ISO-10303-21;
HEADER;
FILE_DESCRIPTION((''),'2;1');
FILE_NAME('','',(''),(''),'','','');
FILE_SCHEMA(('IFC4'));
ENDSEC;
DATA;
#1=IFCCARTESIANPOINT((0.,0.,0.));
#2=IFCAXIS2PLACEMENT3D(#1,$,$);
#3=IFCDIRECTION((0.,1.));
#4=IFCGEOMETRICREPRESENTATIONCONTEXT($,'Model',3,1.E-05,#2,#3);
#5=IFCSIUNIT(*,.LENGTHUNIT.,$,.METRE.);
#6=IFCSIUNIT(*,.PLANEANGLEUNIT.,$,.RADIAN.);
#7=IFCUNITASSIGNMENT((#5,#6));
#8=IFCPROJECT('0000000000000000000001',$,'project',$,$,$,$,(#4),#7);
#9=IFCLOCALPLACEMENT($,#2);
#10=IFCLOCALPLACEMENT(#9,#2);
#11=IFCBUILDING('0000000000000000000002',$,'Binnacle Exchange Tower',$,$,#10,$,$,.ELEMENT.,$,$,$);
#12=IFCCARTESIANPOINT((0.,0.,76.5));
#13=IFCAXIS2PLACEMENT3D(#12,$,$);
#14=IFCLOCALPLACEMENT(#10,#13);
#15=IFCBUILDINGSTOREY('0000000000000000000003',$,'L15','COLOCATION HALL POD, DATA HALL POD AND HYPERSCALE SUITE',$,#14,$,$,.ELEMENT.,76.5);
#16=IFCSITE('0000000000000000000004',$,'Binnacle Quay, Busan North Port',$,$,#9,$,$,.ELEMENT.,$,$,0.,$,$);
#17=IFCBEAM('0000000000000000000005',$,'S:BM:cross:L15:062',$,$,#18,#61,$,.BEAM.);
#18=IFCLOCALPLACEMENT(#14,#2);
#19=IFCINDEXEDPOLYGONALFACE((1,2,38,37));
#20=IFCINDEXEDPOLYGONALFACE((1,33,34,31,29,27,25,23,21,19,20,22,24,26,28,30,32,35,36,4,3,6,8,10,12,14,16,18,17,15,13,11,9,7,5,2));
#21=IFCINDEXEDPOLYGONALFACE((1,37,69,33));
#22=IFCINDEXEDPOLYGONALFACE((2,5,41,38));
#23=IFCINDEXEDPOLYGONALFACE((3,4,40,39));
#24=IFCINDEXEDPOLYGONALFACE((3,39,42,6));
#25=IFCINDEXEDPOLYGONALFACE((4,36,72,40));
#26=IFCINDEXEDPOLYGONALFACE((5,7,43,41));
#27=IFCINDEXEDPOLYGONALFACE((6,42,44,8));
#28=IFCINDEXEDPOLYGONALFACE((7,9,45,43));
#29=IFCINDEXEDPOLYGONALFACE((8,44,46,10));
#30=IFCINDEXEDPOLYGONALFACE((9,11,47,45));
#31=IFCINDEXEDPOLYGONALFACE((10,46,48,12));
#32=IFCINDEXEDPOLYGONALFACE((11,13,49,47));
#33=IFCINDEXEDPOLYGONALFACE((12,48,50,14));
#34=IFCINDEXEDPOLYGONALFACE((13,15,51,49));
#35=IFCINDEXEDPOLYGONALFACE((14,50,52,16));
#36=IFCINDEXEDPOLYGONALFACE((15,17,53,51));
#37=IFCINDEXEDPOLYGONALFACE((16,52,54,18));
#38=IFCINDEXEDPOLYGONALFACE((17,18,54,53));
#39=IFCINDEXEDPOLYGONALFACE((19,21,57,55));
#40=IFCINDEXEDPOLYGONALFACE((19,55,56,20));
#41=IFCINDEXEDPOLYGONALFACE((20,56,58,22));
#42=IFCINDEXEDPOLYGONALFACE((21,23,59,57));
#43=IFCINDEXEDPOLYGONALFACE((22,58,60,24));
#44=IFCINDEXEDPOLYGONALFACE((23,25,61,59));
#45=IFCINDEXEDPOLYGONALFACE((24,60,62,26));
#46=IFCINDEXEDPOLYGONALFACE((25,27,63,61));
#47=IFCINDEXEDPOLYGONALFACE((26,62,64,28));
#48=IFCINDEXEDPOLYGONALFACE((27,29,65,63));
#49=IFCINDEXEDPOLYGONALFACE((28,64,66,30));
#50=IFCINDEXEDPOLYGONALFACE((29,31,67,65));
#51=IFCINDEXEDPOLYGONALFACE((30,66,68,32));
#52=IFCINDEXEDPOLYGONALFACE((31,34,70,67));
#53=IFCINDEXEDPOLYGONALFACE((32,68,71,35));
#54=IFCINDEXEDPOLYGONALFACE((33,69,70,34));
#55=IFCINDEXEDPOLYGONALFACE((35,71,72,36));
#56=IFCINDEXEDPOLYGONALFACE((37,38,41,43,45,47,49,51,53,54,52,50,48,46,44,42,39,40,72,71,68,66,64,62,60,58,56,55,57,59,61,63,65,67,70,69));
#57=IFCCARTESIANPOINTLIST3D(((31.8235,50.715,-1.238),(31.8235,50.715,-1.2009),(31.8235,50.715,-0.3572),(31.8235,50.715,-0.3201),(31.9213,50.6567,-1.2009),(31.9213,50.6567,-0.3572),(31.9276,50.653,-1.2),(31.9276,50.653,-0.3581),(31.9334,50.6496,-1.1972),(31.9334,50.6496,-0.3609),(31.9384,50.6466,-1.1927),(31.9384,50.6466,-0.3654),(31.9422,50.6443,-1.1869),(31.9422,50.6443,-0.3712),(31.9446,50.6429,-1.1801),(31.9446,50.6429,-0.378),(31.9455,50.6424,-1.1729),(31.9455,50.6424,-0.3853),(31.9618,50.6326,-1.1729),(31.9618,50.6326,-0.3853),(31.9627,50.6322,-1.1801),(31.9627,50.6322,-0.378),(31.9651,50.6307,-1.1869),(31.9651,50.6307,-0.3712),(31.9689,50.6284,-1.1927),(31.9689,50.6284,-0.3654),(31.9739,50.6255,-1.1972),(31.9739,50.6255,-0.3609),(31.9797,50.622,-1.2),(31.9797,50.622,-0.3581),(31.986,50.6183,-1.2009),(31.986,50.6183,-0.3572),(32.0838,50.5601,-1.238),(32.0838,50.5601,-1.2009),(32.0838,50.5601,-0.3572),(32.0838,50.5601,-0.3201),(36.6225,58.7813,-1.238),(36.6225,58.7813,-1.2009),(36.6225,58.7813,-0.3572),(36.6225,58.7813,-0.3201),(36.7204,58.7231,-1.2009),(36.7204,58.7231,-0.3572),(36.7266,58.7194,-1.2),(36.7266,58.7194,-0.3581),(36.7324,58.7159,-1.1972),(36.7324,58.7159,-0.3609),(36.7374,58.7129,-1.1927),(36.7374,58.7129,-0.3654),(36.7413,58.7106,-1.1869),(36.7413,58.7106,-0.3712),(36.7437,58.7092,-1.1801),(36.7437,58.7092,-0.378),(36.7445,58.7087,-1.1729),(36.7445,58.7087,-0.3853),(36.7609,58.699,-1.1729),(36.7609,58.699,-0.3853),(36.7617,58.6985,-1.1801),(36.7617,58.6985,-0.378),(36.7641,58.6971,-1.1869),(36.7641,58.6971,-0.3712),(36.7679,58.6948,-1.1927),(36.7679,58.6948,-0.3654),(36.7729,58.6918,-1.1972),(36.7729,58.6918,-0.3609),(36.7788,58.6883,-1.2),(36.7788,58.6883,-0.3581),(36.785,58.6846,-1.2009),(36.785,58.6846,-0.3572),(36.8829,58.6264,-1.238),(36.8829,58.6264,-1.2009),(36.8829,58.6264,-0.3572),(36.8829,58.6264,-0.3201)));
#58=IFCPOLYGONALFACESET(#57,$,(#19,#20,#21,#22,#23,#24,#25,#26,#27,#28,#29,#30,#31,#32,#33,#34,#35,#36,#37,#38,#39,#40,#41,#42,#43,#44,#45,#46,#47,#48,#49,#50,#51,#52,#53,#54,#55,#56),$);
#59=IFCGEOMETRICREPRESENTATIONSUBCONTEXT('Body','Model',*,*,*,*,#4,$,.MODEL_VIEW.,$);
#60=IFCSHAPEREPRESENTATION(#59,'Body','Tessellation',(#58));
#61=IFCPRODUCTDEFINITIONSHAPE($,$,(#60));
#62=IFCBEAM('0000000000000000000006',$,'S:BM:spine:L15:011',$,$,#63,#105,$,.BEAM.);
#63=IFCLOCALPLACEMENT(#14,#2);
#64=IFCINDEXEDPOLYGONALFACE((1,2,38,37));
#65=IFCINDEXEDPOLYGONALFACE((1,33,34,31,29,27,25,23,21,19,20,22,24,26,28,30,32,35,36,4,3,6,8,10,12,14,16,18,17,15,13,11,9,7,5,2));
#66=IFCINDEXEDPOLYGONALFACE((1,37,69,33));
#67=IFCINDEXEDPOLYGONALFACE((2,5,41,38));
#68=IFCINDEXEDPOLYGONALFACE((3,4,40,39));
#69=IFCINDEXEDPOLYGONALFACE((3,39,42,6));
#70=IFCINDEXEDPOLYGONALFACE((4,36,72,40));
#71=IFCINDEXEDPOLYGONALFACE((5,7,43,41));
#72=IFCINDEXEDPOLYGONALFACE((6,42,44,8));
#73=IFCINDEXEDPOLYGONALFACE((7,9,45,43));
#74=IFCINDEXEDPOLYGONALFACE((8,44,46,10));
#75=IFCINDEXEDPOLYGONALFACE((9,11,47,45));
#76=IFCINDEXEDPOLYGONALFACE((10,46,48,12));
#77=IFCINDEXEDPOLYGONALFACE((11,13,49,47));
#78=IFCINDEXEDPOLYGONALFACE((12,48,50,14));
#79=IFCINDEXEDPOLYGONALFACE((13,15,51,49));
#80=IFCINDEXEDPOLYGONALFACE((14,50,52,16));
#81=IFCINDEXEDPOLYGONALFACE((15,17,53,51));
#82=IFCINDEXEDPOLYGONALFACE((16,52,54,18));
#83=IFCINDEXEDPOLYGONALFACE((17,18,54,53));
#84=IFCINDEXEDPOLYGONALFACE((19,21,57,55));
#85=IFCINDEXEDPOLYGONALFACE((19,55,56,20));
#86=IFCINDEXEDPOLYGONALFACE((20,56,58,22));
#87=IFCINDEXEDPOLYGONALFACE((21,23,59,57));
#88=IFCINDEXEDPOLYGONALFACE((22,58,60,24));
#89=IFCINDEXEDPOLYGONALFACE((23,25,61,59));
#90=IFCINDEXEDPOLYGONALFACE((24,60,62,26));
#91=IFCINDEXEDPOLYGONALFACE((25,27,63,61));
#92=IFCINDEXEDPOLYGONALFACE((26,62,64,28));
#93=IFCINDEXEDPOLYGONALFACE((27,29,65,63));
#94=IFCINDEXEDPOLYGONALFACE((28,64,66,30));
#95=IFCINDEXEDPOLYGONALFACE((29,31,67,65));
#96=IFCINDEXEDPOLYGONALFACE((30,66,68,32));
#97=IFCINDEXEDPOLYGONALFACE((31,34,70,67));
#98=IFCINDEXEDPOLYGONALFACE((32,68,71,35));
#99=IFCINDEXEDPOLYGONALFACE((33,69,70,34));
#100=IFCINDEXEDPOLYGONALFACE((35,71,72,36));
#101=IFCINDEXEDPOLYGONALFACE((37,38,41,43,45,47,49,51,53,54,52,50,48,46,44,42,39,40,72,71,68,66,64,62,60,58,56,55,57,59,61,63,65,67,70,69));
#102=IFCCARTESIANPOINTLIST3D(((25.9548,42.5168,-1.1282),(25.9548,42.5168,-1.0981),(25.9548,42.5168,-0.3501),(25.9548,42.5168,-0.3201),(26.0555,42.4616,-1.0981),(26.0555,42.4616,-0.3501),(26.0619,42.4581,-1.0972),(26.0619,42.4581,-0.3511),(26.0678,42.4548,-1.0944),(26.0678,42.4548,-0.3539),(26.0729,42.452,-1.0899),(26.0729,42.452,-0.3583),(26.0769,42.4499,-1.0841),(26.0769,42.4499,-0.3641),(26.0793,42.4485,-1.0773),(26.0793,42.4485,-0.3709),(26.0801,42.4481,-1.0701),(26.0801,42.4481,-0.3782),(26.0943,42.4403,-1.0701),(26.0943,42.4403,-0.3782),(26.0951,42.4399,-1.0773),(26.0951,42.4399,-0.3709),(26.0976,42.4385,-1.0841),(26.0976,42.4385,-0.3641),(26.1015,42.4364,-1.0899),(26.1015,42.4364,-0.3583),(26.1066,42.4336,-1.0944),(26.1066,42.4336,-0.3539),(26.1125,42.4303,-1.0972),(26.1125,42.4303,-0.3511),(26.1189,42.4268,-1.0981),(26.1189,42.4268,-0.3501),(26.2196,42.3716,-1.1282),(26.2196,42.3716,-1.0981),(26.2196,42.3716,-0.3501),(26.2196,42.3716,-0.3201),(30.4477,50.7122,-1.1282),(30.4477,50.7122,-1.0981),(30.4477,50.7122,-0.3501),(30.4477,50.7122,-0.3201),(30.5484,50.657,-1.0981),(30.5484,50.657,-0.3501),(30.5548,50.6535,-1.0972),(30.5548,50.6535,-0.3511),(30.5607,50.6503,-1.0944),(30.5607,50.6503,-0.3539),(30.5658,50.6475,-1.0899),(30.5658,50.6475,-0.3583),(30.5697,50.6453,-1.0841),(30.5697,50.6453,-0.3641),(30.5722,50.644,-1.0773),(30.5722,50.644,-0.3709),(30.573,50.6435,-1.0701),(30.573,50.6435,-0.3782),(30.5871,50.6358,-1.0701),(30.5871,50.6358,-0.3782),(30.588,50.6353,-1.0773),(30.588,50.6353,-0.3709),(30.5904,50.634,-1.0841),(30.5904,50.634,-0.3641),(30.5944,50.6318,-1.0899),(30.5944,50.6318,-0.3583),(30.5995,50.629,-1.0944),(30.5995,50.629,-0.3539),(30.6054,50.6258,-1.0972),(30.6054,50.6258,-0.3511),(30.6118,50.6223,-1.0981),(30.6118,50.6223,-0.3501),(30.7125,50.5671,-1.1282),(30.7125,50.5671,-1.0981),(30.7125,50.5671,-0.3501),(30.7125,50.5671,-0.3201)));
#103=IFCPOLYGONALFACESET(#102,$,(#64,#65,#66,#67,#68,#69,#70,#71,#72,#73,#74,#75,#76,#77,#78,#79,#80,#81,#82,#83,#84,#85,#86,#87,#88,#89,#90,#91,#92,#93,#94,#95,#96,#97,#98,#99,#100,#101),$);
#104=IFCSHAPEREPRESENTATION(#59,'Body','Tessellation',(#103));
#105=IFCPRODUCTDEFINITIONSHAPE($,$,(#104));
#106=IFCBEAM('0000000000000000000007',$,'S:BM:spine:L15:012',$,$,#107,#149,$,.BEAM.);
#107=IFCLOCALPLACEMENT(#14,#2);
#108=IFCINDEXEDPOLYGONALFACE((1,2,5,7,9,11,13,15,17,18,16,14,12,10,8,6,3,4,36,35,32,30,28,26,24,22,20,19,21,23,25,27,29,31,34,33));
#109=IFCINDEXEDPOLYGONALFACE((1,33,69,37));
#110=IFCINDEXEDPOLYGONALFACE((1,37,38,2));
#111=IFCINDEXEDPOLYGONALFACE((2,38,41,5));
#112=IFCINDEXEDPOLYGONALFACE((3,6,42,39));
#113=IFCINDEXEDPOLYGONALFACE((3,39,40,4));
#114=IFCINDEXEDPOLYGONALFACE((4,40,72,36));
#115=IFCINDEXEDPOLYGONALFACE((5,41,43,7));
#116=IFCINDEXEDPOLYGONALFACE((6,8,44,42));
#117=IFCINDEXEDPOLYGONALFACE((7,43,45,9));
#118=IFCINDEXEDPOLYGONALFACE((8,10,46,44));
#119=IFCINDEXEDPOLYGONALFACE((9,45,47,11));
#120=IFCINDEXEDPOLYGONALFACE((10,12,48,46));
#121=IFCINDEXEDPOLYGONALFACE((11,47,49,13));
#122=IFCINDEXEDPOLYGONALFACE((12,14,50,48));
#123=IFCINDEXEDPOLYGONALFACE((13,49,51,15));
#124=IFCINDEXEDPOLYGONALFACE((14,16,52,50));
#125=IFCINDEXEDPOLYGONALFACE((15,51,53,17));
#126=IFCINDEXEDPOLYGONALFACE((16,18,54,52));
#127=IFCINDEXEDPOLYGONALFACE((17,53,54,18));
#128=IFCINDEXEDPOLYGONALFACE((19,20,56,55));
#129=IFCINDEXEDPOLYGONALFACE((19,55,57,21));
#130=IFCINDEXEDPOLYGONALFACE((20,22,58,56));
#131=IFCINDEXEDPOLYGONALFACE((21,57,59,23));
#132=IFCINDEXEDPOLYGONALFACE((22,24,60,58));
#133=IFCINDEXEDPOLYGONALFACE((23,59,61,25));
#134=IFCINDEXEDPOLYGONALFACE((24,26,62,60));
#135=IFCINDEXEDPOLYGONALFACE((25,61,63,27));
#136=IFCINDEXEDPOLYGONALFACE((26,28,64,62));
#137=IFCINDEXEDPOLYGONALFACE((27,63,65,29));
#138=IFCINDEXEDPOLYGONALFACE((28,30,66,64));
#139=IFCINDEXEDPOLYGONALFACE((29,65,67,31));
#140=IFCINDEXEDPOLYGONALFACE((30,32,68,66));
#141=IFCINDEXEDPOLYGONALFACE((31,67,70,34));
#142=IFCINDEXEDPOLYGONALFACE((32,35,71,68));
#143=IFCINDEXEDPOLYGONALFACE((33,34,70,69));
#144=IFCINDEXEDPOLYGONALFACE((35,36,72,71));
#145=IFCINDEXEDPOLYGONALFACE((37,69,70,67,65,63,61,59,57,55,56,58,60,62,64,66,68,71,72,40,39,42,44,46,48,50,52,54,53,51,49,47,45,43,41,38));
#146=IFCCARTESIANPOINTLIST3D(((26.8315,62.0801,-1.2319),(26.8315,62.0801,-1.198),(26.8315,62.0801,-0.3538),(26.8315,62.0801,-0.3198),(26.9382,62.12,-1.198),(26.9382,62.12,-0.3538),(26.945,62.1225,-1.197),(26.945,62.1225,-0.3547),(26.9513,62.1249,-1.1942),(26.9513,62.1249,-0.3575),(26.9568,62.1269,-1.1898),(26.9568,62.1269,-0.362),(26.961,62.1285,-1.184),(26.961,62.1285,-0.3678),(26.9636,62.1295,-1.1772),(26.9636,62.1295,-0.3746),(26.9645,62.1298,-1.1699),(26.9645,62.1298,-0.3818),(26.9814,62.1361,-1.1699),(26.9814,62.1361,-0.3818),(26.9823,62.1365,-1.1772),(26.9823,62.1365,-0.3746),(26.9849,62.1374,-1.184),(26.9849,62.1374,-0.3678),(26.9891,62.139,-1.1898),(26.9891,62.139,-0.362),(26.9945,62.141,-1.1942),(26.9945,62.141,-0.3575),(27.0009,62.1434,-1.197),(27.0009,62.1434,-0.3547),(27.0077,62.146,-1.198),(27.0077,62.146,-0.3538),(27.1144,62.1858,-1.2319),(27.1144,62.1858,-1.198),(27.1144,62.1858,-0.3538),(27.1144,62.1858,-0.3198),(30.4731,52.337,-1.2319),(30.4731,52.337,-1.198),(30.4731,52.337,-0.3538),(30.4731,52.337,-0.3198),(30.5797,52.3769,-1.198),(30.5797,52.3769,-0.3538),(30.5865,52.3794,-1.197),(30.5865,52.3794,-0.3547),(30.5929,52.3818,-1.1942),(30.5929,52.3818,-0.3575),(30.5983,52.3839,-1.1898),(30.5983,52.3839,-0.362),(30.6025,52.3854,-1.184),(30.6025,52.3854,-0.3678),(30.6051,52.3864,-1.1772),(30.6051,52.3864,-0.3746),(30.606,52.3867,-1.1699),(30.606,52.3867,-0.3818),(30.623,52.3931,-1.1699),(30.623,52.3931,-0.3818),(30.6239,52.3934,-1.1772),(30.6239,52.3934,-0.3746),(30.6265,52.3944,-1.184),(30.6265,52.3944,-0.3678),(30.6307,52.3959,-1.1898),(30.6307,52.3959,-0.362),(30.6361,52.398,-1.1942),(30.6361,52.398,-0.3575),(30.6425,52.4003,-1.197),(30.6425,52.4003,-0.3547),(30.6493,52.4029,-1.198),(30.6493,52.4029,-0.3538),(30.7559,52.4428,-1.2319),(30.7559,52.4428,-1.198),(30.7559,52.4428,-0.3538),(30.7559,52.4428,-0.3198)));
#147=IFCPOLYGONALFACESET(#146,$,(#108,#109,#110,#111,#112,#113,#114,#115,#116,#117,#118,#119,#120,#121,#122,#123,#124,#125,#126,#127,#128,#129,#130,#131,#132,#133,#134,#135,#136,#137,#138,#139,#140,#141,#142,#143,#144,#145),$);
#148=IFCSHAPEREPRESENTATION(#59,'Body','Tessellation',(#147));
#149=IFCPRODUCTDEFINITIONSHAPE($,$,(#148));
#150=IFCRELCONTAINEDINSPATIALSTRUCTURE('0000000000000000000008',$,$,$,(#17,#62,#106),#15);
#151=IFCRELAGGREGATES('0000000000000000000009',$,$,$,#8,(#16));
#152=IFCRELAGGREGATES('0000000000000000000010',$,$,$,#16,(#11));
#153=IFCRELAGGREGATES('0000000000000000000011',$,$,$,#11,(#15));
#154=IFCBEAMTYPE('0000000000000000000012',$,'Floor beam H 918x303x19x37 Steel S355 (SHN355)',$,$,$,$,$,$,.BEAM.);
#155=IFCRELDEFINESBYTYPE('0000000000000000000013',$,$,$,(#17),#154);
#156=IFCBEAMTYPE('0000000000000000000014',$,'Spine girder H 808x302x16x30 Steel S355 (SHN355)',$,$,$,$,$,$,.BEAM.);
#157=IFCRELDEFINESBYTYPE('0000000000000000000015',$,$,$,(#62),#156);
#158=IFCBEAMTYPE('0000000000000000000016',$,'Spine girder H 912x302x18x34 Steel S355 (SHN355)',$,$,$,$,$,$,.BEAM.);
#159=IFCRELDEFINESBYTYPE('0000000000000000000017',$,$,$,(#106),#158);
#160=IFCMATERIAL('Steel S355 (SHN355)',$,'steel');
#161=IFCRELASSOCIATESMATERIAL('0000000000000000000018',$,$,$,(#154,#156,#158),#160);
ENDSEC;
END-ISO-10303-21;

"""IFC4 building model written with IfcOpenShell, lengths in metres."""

from ifc_helpers import new_model, si_unit, direction, frame, origin, origin_2d, place, context, subcontext, project, spatial, i_section, extrude, material, material_profile, profile_set, type_object, element, save


model = new_model("IFC4")

# Units and contexts
model_context = context("Model", 3, precision=1e-05, world=origin(), true_north=direction((0.0, 1.0)))
body_context = subcontext(model_context, "Body", "Model", "MODEL_VIEW")
ifc_project = project(units=[si_unit("LENGTHUNIT", "METRE"), si_unit("PLANEANGLEUNIT", "RADIAN")], contexts=[model_context])

# Site, building, storey
site_placement = place(None, origin())
site = spatial("IfcSite", under=ifc_project, at=site_placement, Name="Binnacle Quay, Busan North Port", CompositionType="ELEMENT", RefElevation=0.0)
building_placement = place(site_placement, origin())
building = spatial("IfcBuilding", under=site, at=building_placement, Name="Binnacle Exchange Tower", CompositionType="ELEMENT")
storey_placement = place(building_placement, frame((0.0, 0.0, 76.5)))
storey = spatial("IfcBuildingStorey", under=building, at=storey_placement, Name="L15", Description="COLOCATION HALL POD, DATA HALL POD AND HYPERSCALE SUITE", CompositionType="ELEMENT", Elevation=76.5)

# Beams
ifc_material_1 = material(Name="Steel S355 (SHN355)", Category="steel")
ifc_material_profile_1 = material_profile(ifc_material_1, i_section(OverallWidth=0.303, OverallDepth=0.918, WebThickness=0.019, FlangeThickness=0.0371, FilletRadius=0.0281, at=origin_2d()), Name="H 918x303x19x37")
ifc_profile_set_1 = profile_set([ifc_material_profile_1], Name="Steel S355 (SHN355)")
beam_type_1 = type_object("IfcBeamType", Name="Floor beam H 918x303x19x37 Steel S355 (SHN355)", PredefinedType="BEAM", material=ifc_profile_set_1)
beam_1_placement = place(storey_placement, frame((36.7527, 58.7039, -0.7791), z_axis=(-0.511298, -0.859403, 0.0), x_axis=(0.859403, -0.511298, 0.0)))
element("IfcBeam", 1, at=beam_1_placement, inside=storey, type_object=beam_type_1, Name="S:BM:cross:L15:062", PredefinedType="BEAM", context=body_context, shape_type="SweptSolid", body=[
    extrude(i_section(OverallWidth=0.303, OverallDepth=0.918, WebThickness=0.019, FlangeThickness=0.0371, FilletRadius=0.0281, at=origin_2d()), origin(), (0.0, 0.0, 1.0), 9.386),
])
ifc_material_profile_2 = material_profile(ifc_material_1, i_section(OverallWidth=0.302, OverallDepth=0.8081, WebThickness=0.0161, FlangeThickness=0.03, FilletRadius=0.0281, at=origin_2d()), Name="H 808x302x16x30")
ifc_profile_set_2 = profile_set([ifc_material_profile_2], Name="Steel S355 (SHN355)")
beam_type_2 = type_object("IfcBeamType", Name="Spine girder H 808x302x16x30 Steel S355 (SHN355)", PredefinedType="BEAM", material=ifc_profile_set_2)
beam_2_placement = place(storey_placement, frame((30.5801, 50.6396, -0.7241), z_axis=(-0.480716, -0.876876, 0.0), x_axis=(0.876876, -0.480716, 0.0)))
element("IfcBeam", 2, at=beam_2_placement, inside=storey, type_object=beam_type_2, Name="S:BM:spine:L15:011", PredefinedType="BEAM", context=body_context, shape_type="SweptSolid", body=[
    extrude(i_section(OverallWidth=0.302, OverallDepth=0.8081, WebThickness=0.0161, FlangeThickness=0.03, FilletRadius=0.0281, at=origin_2d()), origin(), (0.0, 0.0, 1.0), 9.3462),
])
ifc_material_profile_3 = material_profile(ifc_material_1, i_section(OverallWidth=0.302, OverallDepth=0.9121, WebThickness=0.0181, FlangeThickness=0.0339, FilletRadius=0.0281, at=origin_2d()), Name="H 912x302x18x34")
ifc_profile_set_3 = profile_set([ifc_material_profile_3], Name="Steel S355 (SHN355)")
beam_type_3 = type_object("IfcBeamType", Name="Spine girder H 912x302x18x34 Steel S355 (SHN355)", PredefinedType="BEAM", material=ifc_profile_set_3)
beam_3_placement = place(storey_placement, frame((30.6145, 52.3899, -0.7759), z_axis=(-0.350105, 0.936711, 0.0), x_axis=(-0.936711, -0.350105, 0.0)))
element("IfcBeam", 3, at=beam_3_placement, inside=storey, type_object=beam_type_3, Name="S:BM:spine:L15:012", PredefinedType="BEAM", context=body_context, shape_type="SweptSolid", body=[
    extrude(i_section(OverallWidth=0.302, OverallDepth=0.9121, WebThickness=0.0181, FlangeThickness=0.0339, FilletRadius=0.0281, at=origin_2d()), origin(), (0.0, 0.0, 1.0), 10.4014),
])

save(model, "model.ifc")
